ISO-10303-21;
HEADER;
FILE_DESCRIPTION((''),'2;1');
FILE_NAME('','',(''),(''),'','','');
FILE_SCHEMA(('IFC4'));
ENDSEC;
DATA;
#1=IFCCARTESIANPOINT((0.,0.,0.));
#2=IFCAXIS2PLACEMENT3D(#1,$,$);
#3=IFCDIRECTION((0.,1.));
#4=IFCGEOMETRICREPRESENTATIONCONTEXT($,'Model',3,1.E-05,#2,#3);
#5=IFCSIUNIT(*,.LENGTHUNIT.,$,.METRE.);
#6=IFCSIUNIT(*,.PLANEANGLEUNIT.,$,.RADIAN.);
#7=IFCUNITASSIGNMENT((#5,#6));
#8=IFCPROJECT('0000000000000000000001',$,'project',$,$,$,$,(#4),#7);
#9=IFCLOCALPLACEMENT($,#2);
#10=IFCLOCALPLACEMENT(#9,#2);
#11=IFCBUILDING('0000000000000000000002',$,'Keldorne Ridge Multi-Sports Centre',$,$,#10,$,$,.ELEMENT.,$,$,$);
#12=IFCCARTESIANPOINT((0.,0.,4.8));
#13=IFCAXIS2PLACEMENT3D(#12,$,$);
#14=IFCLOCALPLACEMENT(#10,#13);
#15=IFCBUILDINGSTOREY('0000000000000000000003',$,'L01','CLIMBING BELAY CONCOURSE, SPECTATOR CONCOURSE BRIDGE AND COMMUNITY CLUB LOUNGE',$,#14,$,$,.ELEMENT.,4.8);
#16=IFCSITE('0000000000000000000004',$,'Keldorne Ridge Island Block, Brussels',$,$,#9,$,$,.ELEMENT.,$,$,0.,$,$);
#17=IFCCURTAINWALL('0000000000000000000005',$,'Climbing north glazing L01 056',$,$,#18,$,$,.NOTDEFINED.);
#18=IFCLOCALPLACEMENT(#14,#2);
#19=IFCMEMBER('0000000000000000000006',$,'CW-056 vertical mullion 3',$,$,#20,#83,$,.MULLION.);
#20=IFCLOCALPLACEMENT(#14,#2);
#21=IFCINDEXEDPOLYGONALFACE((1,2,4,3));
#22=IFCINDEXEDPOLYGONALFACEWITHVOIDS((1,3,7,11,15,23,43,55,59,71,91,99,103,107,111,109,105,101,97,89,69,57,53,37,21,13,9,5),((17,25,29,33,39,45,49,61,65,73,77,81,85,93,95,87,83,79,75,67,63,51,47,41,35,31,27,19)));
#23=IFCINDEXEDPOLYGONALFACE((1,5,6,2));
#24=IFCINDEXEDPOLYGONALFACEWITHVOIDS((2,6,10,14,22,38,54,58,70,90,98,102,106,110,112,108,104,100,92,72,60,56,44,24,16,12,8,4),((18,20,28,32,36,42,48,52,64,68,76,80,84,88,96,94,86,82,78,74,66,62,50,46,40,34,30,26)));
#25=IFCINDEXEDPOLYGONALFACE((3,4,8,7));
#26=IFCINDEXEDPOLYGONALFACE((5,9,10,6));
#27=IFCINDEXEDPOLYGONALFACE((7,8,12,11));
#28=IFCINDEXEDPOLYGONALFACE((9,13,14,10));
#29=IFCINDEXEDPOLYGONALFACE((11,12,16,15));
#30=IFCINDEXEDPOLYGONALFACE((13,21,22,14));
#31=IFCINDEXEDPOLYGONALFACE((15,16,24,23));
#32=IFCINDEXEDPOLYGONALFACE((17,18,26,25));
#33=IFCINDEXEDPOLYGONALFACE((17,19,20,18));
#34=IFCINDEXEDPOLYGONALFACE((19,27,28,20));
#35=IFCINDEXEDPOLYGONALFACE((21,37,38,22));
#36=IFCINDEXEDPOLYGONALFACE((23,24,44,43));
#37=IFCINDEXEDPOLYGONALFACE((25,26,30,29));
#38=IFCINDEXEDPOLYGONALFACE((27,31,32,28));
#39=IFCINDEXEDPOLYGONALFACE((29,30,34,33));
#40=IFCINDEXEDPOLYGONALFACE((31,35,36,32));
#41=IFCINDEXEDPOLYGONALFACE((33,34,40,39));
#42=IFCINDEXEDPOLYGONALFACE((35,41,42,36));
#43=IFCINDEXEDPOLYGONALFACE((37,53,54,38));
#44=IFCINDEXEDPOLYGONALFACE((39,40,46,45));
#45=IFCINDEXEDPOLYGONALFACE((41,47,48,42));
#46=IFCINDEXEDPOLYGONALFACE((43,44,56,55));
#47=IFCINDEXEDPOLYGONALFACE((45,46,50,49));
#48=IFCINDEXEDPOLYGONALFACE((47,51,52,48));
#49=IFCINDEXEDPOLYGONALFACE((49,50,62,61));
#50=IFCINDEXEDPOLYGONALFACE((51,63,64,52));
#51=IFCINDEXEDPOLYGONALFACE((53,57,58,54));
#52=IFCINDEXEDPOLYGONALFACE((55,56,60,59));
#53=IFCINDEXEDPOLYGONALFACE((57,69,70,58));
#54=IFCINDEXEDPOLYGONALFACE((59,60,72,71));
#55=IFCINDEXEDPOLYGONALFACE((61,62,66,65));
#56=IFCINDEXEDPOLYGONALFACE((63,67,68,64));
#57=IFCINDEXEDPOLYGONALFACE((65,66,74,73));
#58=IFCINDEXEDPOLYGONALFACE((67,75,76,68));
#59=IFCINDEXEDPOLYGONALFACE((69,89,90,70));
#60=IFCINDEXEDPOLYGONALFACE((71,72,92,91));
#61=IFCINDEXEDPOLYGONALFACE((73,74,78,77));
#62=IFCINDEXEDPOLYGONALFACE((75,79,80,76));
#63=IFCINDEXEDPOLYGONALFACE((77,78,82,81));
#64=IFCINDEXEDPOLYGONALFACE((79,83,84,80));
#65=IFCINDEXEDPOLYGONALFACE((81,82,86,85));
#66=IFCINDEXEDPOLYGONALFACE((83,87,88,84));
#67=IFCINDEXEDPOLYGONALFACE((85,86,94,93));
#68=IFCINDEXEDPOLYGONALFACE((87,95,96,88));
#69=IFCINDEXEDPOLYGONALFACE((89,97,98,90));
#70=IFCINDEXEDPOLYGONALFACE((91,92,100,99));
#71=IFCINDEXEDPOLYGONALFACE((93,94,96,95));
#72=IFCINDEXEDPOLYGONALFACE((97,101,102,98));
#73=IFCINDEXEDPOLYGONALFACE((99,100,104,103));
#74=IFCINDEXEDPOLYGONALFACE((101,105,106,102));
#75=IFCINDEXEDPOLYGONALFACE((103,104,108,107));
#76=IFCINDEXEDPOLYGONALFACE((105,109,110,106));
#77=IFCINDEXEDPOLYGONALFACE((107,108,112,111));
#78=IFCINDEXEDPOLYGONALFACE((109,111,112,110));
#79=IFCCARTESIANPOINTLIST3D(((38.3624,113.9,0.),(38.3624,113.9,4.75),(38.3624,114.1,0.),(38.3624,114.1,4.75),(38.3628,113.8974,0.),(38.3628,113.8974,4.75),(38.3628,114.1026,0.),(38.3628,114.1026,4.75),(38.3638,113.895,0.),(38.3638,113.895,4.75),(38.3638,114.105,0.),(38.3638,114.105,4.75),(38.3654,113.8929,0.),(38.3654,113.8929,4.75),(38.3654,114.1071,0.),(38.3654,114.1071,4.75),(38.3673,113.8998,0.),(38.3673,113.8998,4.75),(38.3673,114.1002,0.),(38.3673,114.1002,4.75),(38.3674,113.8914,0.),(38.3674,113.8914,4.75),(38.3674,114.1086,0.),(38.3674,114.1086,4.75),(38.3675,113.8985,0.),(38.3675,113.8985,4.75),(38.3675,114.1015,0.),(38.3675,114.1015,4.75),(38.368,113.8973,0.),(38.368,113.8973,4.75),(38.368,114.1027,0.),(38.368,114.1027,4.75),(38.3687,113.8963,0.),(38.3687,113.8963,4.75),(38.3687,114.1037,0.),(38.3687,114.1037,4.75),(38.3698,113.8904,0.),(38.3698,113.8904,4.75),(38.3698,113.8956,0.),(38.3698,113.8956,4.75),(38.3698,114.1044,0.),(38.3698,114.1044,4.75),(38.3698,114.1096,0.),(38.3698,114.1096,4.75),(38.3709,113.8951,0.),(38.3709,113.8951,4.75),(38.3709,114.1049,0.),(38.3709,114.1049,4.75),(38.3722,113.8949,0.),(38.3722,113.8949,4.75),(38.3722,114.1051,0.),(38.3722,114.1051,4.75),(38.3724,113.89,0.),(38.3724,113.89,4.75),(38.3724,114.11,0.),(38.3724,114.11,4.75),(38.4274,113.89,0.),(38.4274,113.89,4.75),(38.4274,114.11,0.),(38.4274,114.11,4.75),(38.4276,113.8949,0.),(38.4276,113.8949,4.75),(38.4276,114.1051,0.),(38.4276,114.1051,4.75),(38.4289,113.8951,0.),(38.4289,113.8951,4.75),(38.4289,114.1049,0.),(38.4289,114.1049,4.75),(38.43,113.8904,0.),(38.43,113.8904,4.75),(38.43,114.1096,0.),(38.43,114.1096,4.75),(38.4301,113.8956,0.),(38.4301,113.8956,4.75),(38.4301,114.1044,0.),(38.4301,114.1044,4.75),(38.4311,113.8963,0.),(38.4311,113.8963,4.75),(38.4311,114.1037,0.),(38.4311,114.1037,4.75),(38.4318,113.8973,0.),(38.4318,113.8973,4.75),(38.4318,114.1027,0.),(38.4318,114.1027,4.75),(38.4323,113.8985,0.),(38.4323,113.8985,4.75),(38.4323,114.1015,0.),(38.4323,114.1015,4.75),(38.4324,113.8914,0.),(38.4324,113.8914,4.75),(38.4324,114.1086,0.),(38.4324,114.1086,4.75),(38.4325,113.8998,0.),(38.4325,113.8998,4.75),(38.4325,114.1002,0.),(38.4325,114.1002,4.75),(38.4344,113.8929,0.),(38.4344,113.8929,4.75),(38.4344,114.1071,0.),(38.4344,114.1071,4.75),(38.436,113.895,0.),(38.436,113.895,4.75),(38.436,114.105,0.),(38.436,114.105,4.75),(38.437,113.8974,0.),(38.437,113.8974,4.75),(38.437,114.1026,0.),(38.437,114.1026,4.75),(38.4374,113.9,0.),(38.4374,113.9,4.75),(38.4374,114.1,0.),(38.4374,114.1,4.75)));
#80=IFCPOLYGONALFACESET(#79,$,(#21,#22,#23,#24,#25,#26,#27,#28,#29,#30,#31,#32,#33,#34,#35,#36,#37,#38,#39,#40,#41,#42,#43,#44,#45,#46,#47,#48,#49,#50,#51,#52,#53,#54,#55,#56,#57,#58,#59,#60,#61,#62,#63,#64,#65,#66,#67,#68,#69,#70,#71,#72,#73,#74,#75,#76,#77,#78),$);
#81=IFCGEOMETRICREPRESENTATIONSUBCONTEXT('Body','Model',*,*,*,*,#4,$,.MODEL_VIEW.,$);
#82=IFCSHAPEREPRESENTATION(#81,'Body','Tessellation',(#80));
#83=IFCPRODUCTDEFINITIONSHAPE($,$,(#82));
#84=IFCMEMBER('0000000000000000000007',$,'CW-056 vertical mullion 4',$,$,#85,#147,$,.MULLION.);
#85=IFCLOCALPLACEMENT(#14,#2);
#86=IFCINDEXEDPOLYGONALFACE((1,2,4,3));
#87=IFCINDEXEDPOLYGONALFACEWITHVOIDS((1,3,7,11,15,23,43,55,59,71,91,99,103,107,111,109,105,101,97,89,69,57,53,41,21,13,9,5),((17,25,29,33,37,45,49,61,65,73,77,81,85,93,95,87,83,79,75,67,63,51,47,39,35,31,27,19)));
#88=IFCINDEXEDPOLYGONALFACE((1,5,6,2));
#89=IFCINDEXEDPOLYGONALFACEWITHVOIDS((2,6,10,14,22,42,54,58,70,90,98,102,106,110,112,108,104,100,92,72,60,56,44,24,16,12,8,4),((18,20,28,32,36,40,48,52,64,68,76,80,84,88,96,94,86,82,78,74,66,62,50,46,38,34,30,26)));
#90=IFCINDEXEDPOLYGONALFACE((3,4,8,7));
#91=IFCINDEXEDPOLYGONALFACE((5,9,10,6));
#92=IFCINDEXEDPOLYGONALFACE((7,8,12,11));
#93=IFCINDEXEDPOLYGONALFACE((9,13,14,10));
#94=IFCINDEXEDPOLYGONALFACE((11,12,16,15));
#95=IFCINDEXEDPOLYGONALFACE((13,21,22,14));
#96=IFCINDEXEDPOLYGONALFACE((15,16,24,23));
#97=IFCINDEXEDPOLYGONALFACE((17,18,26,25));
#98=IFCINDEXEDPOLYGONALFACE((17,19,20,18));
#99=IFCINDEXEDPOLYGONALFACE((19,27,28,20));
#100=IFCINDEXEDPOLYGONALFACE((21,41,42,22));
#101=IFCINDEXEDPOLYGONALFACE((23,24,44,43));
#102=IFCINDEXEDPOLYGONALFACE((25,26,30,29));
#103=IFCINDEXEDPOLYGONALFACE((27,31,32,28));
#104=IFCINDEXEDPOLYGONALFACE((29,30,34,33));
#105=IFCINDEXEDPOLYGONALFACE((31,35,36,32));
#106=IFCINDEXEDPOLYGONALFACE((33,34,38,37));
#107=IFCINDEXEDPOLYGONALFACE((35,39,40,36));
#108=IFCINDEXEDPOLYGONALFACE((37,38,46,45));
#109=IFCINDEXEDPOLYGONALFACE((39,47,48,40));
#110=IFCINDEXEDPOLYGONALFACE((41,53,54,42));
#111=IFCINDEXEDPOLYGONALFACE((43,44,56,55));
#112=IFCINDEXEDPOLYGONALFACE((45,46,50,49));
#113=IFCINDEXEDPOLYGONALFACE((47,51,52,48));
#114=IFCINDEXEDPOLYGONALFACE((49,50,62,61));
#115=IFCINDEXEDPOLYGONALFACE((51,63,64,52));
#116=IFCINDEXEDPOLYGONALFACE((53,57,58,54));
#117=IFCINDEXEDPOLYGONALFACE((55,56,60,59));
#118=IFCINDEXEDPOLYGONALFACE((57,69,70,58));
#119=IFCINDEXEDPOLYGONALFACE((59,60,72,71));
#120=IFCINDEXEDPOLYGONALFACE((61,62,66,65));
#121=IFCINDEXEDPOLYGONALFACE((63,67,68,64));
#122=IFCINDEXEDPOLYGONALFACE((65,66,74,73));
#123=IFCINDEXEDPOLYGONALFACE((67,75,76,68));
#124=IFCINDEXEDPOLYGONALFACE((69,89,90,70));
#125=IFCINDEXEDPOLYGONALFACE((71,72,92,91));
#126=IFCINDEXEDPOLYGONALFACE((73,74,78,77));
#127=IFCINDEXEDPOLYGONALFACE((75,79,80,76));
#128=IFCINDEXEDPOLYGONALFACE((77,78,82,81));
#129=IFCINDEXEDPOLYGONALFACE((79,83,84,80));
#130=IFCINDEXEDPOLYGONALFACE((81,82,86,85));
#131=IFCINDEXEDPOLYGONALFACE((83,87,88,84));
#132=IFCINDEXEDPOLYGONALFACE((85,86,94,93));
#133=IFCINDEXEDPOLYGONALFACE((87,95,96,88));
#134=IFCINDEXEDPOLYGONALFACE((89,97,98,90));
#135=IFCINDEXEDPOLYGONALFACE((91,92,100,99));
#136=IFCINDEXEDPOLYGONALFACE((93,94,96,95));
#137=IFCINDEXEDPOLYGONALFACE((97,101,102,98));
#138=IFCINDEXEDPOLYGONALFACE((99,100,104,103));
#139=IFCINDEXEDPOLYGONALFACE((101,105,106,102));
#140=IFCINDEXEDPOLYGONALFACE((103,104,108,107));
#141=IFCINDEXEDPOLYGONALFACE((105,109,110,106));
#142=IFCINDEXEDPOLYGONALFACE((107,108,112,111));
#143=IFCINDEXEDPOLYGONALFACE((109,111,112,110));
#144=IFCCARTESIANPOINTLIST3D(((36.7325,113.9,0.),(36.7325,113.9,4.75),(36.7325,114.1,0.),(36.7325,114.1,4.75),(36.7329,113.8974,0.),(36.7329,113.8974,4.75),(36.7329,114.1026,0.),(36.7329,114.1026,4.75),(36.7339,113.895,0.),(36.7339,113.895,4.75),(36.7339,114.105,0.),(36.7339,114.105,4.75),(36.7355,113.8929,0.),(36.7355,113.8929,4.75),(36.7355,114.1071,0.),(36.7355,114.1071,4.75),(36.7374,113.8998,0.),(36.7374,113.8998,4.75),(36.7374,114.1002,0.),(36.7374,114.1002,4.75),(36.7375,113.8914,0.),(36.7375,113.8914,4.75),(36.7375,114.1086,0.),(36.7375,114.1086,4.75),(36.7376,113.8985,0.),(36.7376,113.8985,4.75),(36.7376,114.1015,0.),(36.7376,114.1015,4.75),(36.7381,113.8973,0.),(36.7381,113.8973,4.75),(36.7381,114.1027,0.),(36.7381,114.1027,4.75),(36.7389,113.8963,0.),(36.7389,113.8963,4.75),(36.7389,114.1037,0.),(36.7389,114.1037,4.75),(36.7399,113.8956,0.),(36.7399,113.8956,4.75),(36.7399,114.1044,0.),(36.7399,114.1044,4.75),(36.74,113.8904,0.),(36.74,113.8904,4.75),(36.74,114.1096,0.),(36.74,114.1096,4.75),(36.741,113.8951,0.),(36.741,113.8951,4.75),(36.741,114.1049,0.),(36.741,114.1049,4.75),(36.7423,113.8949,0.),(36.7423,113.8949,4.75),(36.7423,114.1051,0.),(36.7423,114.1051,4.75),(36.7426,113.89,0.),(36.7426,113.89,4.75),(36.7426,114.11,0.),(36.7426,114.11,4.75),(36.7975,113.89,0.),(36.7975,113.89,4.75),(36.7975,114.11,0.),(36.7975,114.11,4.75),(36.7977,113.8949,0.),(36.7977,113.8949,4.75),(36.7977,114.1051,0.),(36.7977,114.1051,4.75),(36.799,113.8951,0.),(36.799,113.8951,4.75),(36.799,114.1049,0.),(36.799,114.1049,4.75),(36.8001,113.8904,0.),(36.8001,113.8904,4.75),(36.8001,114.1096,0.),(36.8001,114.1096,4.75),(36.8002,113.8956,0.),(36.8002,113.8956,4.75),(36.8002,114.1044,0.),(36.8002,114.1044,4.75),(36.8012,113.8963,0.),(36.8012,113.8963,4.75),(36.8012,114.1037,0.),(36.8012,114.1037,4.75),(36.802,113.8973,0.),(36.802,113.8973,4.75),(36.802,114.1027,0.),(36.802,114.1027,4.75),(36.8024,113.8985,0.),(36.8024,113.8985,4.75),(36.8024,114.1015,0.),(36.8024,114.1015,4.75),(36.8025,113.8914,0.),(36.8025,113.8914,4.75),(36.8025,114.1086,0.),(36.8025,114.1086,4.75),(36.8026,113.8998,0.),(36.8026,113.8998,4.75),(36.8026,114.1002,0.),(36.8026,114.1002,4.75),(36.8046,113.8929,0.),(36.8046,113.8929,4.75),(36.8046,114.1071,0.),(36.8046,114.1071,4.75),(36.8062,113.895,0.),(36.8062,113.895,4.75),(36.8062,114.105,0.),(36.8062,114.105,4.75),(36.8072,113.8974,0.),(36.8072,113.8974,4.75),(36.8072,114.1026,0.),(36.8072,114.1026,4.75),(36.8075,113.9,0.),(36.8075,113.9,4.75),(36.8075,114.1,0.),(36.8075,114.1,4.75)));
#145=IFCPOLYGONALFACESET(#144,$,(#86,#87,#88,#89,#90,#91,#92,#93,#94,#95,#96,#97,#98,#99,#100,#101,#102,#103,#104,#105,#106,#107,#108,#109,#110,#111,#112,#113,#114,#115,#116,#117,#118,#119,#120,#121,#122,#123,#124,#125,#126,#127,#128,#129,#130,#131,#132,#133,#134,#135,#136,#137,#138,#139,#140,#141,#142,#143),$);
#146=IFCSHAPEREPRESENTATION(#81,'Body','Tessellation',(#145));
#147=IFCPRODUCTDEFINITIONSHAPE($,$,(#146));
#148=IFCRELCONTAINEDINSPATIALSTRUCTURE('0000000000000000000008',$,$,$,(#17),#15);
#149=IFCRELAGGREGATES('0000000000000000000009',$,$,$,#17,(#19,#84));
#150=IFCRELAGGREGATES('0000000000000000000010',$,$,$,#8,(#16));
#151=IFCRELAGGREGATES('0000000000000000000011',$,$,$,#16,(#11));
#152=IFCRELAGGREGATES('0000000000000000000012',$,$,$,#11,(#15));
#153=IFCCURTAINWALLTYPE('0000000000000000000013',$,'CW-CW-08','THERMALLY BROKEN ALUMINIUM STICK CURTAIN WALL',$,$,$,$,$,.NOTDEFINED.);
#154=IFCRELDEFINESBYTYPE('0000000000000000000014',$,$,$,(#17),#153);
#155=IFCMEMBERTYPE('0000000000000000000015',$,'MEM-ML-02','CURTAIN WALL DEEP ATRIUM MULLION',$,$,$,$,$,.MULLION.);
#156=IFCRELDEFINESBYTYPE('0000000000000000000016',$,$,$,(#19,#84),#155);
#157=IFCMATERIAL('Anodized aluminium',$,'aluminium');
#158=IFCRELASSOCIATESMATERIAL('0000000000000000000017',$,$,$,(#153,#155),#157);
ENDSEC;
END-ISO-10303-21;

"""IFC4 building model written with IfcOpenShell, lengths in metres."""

from ifc_helpers import new_model, si_unit, direction, frame, origin, origin_2d, place, context, subcontext, project, spatial, hollow_rectangle, extrude, material, material_profile, profile_set, type_object, element, aggregate, save


model = new_model("IFC4")

# Units and contexts
model_context = context("Model", 3, precision=1e-05, world=origin(), true_north=direction((0.0, 1.0)))
body_context = subcontext(model_context, "Body", "Model", "MODEL_VIEW")
ifc_project = project(units=[si_unit("LENGTHUNIT", "METRE"), si_unit("PLANEANGLEUNIT", "RADIAN")], contexts=[model_context])

# Site, building, storey
site_placement = place(None, origin())
site = spatial("IfcSite", under=ifc_project, at=site_placement, Name="Keldorne Ridge Island Block, Brussels", CompositionType="ELEMENT", RefElevation=0.0)
building_placement = place(site_placement, origin())
building = spatial("IfcBuilding", under=site, at=building_placement, Name="Keldorne Ridge Multi-Sports Centre", CompositionType="ELEMENT")
storey_placement = place(building_placement, frame((0.0, 0.0, 4.8)))
storey = spatial("IfcBuildingStorey", under=building, at=storey_placement, Name="L01", Description="CLIMBING BELAY CONCOURSE, SPECTATOR CONCOURSE BRIDGE AND COMMUNITY CLUB LOUNGE", CompositionType="ELEMENT", Elevation=4.8)

# Curtain wall, members
ifc_material_1 = material(Name="Anodized aluminium", Category="aluminium")
curtain_wall_type = type_object("IfcCurtainWallType", Name="CW-CW-08", Description="THERMALLY BROKEN ALUMINIUM STICK CURTAIN WALL", PredefinedType="NOTDEFINED", material=ifc_material_1)
curtain_wall_placement = place(storey_placement, origin())
curtain_wall = element("IfcCurtainWall", 1, at=curtain_wall_placement, inside=storey, type_object=curtain_wall_type, Name="Climbing north glazing L01 056", PredefinedType="NOTDEFINED")
ifc_material_profile_1 = material_profile(ifc_material_1, hollow_rectangle(XDim=0.075, YDim=0.22, WallThickness=0.0049, InnerFilletRadius=0.0049, OuterFilletRadius=0.01, at=origin_2d()), Name="ALU MULLION 220x75x5")
ifc_profile_set_1 = profile_set([ifc_material_profile_1], Name="Anodized aluminium")
member_type_1 = type_object("IfcMemberType", Name="MEM-ML-02", Description="CURTAIN WALL DEEP ATRIUM MULLION", PredefinedType="MULLION", material=ifc_profile_set_1)
member_1_placement = place(storey_placement, frame((38.3999, 114.0, 0.0), z_axis=(0.0, 0.0, 1.0), x_axis=(1.0, 0.0, 0.0)))
member_1 = element("IfcMember", 2, at=member_1_placement, type_object=member_type_1, Name="CW-056 vertical mullion 3", PredefinedType="MULLION", context=body_context, shape_type="SweptSolid", body=[
    extrude(hollow_rectangle(XDim=0.075, YDim=0.22, WallThickness=0.0049, InnerFilletRadius=0.0049, OuterFilletRadius=0.01, at=origin_2d()), origin(), (0.0, 0.0, 1.0), 4.75),
])
member_2_placement = place(storey_placement, frame((36.77, 114.0, 0.0), z_axis=(0.0, 0.0, 1.0), x_axis=(1.0, 0.0, 0.0)))
member_2 = element("IfcMember", 3, at=member_2_placement, type_object=member_type_1, Name="CW-056 vertical mullion 4", PredefinedType="MULLION", context=body_context, shape_type="SweptSolid", body=[
    extrude(hollow_rectangle(XDim=0.075, YDim=0.22, WallThickness=0.0049, InnerFilletRadius=0.0049, OuterFilletRadius=0.01, at=origin_2d()), origin(), (0.0, 0.0, 1.0), 4.75),
])
aggregate(curtain_wall, [member_1, member_2])

save(model, "model.ifc")
